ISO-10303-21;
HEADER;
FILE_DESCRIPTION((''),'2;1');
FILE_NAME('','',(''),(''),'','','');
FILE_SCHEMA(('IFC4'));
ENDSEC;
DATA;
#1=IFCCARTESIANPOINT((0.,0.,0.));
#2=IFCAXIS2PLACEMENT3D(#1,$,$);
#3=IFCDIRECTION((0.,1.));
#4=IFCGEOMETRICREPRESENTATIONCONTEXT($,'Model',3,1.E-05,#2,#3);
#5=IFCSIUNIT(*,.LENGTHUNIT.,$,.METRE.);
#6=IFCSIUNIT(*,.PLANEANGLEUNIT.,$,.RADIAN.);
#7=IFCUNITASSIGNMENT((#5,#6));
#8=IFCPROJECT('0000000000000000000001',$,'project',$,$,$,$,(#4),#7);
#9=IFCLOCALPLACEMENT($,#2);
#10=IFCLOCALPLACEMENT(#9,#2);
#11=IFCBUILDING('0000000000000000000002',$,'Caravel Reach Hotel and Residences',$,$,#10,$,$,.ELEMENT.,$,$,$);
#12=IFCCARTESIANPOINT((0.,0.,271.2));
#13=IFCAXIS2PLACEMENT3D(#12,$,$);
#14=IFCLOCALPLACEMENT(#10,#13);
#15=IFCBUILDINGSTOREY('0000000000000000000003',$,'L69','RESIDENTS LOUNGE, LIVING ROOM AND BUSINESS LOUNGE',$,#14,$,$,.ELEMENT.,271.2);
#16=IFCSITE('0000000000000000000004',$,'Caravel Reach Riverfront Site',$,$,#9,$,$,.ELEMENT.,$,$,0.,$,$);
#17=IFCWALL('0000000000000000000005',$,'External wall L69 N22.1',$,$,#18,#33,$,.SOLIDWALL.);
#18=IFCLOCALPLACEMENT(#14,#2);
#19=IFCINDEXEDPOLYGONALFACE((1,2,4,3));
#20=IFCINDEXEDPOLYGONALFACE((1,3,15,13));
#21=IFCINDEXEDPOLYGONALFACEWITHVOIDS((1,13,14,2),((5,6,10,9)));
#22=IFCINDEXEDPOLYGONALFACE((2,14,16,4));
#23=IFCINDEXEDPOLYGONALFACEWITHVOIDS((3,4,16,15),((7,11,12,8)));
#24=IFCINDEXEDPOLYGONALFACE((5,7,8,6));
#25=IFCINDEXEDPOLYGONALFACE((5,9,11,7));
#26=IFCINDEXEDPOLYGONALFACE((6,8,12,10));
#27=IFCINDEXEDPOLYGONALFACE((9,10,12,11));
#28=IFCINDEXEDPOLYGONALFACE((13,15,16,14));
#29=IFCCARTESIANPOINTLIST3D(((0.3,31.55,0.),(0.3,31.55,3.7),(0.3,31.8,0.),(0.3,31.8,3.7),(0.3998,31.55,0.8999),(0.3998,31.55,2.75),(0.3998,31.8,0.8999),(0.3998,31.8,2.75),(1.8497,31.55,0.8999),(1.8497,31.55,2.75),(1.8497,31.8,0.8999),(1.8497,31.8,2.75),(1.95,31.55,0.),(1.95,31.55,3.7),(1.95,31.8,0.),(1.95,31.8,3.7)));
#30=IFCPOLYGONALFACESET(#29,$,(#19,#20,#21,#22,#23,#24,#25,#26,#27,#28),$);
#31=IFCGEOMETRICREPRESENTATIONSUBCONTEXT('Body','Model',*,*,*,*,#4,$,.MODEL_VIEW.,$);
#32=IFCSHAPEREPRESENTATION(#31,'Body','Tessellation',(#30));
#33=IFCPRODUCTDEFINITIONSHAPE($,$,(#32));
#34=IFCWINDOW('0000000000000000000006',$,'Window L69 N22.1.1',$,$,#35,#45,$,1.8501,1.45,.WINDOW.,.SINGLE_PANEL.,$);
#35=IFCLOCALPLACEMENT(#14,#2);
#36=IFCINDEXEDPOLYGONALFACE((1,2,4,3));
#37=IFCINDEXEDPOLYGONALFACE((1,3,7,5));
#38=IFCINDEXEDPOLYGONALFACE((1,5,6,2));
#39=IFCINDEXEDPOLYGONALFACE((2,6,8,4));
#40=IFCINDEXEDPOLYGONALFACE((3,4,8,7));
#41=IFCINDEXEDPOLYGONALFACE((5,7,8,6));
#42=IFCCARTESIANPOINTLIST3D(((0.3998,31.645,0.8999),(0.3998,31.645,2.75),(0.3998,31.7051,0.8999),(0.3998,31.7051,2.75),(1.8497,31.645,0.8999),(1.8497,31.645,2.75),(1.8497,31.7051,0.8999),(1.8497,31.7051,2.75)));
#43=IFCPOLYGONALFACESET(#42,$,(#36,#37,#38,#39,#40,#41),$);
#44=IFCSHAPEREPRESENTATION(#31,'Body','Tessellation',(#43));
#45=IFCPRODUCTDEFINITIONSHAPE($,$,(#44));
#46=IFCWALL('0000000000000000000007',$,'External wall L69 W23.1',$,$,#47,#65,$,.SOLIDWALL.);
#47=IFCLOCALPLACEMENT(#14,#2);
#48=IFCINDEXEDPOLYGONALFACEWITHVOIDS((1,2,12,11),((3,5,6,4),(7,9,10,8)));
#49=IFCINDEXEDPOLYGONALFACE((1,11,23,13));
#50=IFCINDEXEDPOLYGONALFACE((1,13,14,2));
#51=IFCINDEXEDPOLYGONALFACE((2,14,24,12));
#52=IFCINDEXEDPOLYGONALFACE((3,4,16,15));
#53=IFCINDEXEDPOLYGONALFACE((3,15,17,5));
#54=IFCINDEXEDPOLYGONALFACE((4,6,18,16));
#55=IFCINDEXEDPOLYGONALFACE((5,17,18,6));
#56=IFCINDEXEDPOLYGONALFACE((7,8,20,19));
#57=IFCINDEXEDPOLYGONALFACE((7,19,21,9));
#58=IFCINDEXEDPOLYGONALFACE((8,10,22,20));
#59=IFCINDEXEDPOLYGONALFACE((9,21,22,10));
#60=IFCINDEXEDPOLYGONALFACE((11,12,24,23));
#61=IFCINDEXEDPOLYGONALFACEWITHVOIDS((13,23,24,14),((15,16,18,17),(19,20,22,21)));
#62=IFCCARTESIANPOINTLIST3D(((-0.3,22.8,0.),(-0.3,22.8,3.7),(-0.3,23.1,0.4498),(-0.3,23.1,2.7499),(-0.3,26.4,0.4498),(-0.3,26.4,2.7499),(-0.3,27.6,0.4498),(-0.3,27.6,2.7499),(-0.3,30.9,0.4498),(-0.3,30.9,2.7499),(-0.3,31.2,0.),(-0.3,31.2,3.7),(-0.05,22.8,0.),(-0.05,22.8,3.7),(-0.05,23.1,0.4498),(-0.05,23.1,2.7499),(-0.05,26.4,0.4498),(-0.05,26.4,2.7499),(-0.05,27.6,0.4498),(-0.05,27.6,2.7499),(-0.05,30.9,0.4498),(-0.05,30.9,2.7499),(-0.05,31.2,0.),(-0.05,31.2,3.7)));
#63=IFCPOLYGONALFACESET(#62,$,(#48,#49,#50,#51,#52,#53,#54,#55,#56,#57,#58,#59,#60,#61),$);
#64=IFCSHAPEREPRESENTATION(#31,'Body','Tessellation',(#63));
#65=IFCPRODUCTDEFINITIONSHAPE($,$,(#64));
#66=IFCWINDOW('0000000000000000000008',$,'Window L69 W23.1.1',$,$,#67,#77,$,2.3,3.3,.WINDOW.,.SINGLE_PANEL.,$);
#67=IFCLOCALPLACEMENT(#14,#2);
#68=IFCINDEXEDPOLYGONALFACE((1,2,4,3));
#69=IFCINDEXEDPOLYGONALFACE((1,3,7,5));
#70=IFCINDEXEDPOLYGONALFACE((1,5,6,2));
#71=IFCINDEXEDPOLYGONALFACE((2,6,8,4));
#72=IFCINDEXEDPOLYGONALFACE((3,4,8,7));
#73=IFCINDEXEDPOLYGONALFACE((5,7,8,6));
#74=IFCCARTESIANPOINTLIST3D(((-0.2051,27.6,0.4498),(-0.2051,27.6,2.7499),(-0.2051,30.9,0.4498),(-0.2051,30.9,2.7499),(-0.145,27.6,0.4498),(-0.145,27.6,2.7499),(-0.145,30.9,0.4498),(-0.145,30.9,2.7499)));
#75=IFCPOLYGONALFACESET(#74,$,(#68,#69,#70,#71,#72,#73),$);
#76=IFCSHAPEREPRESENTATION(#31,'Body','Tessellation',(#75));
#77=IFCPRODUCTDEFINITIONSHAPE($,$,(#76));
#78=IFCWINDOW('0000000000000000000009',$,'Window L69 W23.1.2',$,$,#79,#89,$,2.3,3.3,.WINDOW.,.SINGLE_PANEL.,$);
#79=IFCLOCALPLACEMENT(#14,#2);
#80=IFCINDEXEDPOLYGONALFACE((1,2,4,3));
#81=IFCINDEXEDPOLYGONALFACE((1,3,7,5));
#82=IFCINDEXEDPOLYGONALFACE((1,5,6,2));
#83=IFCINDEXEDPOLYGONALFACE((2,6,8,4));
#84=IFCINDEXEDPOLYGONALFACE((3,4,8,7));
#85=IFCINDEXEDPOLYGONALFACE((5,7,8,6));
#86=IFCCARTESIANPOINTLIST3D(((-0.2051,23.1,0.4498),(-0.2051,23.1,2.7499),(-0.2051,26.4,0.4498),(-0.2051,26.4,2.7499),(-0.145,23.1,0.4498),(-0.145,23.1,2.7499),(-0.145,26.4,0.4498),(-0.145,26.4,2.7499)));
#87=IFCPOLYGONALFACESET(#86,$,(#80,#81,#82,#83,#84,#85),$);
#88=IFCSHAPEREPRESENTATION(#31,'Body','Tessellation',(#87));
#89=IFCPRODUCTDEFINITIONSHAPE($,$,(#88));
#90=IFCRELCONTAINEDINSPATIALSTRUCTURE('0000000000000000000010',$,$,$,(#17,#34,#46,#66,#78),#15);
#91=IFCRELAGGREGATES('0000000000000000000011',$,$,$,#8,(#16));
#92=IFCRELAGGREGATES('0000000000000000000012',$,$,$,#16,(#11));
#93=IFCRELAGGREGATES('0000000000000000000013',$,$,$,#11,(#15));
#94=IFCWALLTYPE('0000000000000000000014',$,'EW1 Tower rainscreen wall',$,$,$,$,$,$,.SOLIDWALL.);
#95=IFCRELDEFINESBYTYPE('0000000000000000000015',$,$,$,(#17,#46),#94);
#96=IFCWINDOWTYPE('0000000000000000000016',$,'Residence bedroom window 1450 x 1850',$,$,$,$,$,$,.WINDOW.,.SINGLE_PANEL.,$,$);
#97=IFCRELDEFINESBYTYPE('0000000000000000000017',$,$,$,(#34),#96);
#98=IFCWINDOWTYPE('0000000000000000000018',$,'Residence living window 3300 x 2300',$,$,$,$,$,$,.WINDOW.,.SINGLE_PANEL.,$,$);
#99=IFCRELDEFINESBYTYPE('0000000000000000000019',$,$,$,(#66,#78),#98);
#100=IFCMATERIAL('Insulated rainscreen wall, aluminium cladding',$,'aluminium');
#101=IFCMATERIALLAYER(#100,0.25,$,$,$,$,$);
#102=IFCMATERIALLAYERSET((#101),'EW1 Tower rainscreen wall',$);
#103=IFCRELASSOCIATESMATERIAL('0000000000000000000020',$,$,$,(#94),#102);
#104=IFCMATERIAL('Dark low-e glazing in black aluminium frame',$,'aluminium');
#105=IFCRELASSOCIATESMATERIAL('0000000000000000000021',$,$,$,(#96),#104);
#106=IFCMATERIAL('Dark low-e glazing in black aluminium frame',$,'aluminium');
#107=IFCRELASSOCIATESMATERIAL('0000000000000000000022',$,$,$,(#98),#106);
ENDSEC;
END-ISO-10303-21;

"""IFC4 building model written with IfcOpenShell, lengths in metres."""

from ifc_helpers import new_model, si_unit, direction, frame, frame_2d, origin, place, context, subcontext, project, spatial, rectangle, extrude, material, layer, layer_set, type_object, element, fill, save


model = new_model("IFC4")

# Units and contexts
model_context = context("Model", 3, precision=1e-05, world=origin(), true_north=direction((0.0, 1.0)))
body_context = subcontext(model_context, "Body", "Model", "MODEL_VIEW")
ifc_project = project(units=[si_unit("LENGTHUNIT", "METRE"), si_unit("PLANEANGLEUNIT", "RADIAN")], contexts=[model_context])

# Site, building, storey
site_placement = place(None, origin())
site = spatial("IfcSite", under=ifc_project, at=site_placement, Name="Caravel Reach Riverfront Site", CompositionType="ELEMENT", RefElevation=0.0)
building_placement = place(site_placement, origin())
building = spatial("IfcBuilding", under=site, at=building_placement, Name="Caravel Reach Hotel and Residences", CompositionType="ELEMENT")
storey_placement = place(building_placement, frame((0.0, 0.0, 271.2)))
storey = spatial("IfcBuildingStorey", under=building, at=storey_placement, Name="L69", Description="RESIDENTS LOUNGE, LIVING ROOM AND BUSINESS LOUNGE", CompositionType="ELEMENT", Elevation=271.2)

# Wall, opening, window
ifc_material_1 = material(Name="Insulated rainscreen wall, aluminium cladding", Category="aluminium")
ifc_layer_1 = layer(ifc_material_1, 0.25)
ifc_layer_set_1 = layer_set([ifc_layer_1], Name="EW1 Tower rainscreen wall")
wall_type_1 = type_object("IfcWallType", Name="EW1 Tower rainscreen wall", PredefinedType="SOLIDWALL", material=ifc_layer_set_1)
ifc_material_2 = material(Name="Dark low-e glazing in black aluminium frame", Category="aluminium")
window_type_1 = type_object("IfcWindowType", Name="Residence bedroom window 1450 x 1850", PartitioningType="SINGLE_PANEL", PredefinedType="WINDOW", material=ifc_material_2)
wall_1_placement = place(storey_placement, frame((1.95, 31.675, 0.0), z_axis=(0.0, 0.0, 1.0), x_axis=(-1.0, 0.0, 0.0)))
wall_1 = element("IfcWall", 1, at=wall_1_placement, inside=storey, type_object=wall_type_1, Name="External wall L69 N22.1", PredefinedType="SOLIDWALL", context=body_context, shape_type="SweptSolid", body=[
    extrude(rectangle(XDim=1.6499, YDim=0.25, at=frame_2d((0.825, 0.0))), origin(), (0.0, 0.0, 1.0), 3.7),
])
opening_1_placement = place(wall_1_placement, frame((0.1001, 0.0, 0.8999)))
opening_1 = element("IfcOpeningElement", 2, at=opening_1_placement, cuts=wall_1, PredefinedType="OPENING", context=body_context, shape_type="SweptSolid", body=[
    extrude(rectangle(XDim=1.45, YDim=1.8501, at=frame_2d((0.7251, 0.925))), frame((0.0, 0.135, 0.0), z_axis=(0.0, -1.0, 0.0), x_axis=(1.0, 0.0, 0.0)), (0.0, 0.0, 1.0), 0.27),
])
window_1_placement = place(opening_1_placement, origin())
window_1 = element("IfcWindow", 3, at=window_1_placement, inside=storey, type_object=window_type_1, Name="Window L69 N22.1.1", OverallHeight=1.8501, OverallWidth=1.45, PartitioningType="SINGLE_PANEL", PredefinedType="WINDOW", context=body_context, shape_type="SweptSolid", body=[
    extrude(rectangle(XDim=1.45, YDim=1.8501, at=frame_2d((0.7251, 0.925))), frame((0.0, 0.03, 0.0), z_axis=(0.0, -1.0, 0.0), x_axis=(1.0, 0.0, 0.0)), (0.0, 0.0, 1.0), 0.0601),
])
fill(opening_1, window_1)

# Wall, openings, windows
wall_2_placement = place(storey_placement, frame((-0.175, 31.2, 0.0), z_axis=(0.0, 0.0, 1.0), x_axis=(0.0, -1.0, 0.0)))
wall_2 = element("IfcWall", 4, at=wall_2_placement, inside=storey, type_object=wall_type_1, Name="External wall L69 W23.1", PredefinedType="SOLIDWALL", context=body_context, shape_type="SweptSolid", body=[
    extrude(rectangle(XDim=8.3999, YDim=0.25, at=frame_2d((4.2, 0.0))), origin(), (0.0, 0.0, 1.0), 3.7),
])
opening_2_placement = place(wall_2_placement, frame((0.3, 0.0, 0.45)))
opening_2 = element("IfcOpeningElement", 5, at=opening_2_placement, cuts=wall_2, PredefinedType="OPENING", context=body_context, shape_type="SweptSolid", body=[
    extrude(rectangle(XDim=3.3, YDim=2.3, at=frame_2d((1.6499, 1.1499))), frame((0.0, 0.135, 0.0), z_axis=(0.0, -1.0, 0.0), x_axis=(1.0, 0.0, 0.0)), (0.0, 0.0, 1.0), 0.27),
])
opening_3_placement = place(wall_2_placement, frame((4.8, 0.0, 0.45)))
opening_3 = element("IfcOpeningElement", 6, at=opening_3_placement, cuts=wall_2, PredefinedType="OPENING", context=body_context, shape_type="SweptSolid", body=[
    extrude(rectangle(XDim=3.3, YDim=2.3, at=frame_2d((1.6499, 1.1499))), frame((0.0, 0.135, 0.0), z_axis=(0.0, -1.0, 0.0), x_axis=(1.0, 0.0, 0.0)), (0.0, 0.0, 1.0), 0.27),
])
ifc_material_3 = material(Name="Dark low-e glazing in black aluminium frame", Category="aluminium")
window_type_2 = type_object("IfcWindowType", Name="Residence living window 3300 x 2300", PartitioningType="SINGLE_PANEL", PredefinedType="WINDOW", material=ifc_material_3)
window_2_placement = place(opening_2_placement, origin())
window_2 = element("IfcWindow", 7, at=window_2_placement, inside=storey, type_object=window_type_2, Name="Window L69 W23.1.1", OverallHeight=2.3, OverallWidth=3.3, PartitioningType="SINGLE_PANEL", PredefinedType="WINDOW", context=body_context, shape_type="SweptSolid", body=[
    extrude(rectangle(XDim=3.3, YDim=2.3, at=frame_2d((1.6499, 1.1499))), frame((0.0, 0.03, 0.0), z_axis=(0.0, -1.0, 0.0), x_axis=(1.0, 0.0, 0.0)), (0.0, 0.0, 1.0), 0.0601),
])
fill(opening_2, window_2)
window_3_placement = place(opening_3_placement, origin())
window_3 = element("IfcWindow", 8, at=window_3_placement, inside=storey, type_object=window_type_2, Name="Window L69 W23.1.2", OverallHeight=2.3, OverallWidth=3.3, PartitioningType="SINGLE_PANEL", PredefinedType="WINDOW", context=body_context, shape_type="SweptSolid", body=[
    extrude(rectangle(XDim=3.3, YDim=2.3, at=frame_2d((1.6499, 1.1499))), frame((0.0, 0.03, 0.0), z_axis=(0.0, -1.0, 0.0), x_axis=(1.0, 0.0, 0.0)), (0.0, 0.0, 1.0), 0.0601),
])
fill(opening_3, window_3)

save(model, "model.ifc")
